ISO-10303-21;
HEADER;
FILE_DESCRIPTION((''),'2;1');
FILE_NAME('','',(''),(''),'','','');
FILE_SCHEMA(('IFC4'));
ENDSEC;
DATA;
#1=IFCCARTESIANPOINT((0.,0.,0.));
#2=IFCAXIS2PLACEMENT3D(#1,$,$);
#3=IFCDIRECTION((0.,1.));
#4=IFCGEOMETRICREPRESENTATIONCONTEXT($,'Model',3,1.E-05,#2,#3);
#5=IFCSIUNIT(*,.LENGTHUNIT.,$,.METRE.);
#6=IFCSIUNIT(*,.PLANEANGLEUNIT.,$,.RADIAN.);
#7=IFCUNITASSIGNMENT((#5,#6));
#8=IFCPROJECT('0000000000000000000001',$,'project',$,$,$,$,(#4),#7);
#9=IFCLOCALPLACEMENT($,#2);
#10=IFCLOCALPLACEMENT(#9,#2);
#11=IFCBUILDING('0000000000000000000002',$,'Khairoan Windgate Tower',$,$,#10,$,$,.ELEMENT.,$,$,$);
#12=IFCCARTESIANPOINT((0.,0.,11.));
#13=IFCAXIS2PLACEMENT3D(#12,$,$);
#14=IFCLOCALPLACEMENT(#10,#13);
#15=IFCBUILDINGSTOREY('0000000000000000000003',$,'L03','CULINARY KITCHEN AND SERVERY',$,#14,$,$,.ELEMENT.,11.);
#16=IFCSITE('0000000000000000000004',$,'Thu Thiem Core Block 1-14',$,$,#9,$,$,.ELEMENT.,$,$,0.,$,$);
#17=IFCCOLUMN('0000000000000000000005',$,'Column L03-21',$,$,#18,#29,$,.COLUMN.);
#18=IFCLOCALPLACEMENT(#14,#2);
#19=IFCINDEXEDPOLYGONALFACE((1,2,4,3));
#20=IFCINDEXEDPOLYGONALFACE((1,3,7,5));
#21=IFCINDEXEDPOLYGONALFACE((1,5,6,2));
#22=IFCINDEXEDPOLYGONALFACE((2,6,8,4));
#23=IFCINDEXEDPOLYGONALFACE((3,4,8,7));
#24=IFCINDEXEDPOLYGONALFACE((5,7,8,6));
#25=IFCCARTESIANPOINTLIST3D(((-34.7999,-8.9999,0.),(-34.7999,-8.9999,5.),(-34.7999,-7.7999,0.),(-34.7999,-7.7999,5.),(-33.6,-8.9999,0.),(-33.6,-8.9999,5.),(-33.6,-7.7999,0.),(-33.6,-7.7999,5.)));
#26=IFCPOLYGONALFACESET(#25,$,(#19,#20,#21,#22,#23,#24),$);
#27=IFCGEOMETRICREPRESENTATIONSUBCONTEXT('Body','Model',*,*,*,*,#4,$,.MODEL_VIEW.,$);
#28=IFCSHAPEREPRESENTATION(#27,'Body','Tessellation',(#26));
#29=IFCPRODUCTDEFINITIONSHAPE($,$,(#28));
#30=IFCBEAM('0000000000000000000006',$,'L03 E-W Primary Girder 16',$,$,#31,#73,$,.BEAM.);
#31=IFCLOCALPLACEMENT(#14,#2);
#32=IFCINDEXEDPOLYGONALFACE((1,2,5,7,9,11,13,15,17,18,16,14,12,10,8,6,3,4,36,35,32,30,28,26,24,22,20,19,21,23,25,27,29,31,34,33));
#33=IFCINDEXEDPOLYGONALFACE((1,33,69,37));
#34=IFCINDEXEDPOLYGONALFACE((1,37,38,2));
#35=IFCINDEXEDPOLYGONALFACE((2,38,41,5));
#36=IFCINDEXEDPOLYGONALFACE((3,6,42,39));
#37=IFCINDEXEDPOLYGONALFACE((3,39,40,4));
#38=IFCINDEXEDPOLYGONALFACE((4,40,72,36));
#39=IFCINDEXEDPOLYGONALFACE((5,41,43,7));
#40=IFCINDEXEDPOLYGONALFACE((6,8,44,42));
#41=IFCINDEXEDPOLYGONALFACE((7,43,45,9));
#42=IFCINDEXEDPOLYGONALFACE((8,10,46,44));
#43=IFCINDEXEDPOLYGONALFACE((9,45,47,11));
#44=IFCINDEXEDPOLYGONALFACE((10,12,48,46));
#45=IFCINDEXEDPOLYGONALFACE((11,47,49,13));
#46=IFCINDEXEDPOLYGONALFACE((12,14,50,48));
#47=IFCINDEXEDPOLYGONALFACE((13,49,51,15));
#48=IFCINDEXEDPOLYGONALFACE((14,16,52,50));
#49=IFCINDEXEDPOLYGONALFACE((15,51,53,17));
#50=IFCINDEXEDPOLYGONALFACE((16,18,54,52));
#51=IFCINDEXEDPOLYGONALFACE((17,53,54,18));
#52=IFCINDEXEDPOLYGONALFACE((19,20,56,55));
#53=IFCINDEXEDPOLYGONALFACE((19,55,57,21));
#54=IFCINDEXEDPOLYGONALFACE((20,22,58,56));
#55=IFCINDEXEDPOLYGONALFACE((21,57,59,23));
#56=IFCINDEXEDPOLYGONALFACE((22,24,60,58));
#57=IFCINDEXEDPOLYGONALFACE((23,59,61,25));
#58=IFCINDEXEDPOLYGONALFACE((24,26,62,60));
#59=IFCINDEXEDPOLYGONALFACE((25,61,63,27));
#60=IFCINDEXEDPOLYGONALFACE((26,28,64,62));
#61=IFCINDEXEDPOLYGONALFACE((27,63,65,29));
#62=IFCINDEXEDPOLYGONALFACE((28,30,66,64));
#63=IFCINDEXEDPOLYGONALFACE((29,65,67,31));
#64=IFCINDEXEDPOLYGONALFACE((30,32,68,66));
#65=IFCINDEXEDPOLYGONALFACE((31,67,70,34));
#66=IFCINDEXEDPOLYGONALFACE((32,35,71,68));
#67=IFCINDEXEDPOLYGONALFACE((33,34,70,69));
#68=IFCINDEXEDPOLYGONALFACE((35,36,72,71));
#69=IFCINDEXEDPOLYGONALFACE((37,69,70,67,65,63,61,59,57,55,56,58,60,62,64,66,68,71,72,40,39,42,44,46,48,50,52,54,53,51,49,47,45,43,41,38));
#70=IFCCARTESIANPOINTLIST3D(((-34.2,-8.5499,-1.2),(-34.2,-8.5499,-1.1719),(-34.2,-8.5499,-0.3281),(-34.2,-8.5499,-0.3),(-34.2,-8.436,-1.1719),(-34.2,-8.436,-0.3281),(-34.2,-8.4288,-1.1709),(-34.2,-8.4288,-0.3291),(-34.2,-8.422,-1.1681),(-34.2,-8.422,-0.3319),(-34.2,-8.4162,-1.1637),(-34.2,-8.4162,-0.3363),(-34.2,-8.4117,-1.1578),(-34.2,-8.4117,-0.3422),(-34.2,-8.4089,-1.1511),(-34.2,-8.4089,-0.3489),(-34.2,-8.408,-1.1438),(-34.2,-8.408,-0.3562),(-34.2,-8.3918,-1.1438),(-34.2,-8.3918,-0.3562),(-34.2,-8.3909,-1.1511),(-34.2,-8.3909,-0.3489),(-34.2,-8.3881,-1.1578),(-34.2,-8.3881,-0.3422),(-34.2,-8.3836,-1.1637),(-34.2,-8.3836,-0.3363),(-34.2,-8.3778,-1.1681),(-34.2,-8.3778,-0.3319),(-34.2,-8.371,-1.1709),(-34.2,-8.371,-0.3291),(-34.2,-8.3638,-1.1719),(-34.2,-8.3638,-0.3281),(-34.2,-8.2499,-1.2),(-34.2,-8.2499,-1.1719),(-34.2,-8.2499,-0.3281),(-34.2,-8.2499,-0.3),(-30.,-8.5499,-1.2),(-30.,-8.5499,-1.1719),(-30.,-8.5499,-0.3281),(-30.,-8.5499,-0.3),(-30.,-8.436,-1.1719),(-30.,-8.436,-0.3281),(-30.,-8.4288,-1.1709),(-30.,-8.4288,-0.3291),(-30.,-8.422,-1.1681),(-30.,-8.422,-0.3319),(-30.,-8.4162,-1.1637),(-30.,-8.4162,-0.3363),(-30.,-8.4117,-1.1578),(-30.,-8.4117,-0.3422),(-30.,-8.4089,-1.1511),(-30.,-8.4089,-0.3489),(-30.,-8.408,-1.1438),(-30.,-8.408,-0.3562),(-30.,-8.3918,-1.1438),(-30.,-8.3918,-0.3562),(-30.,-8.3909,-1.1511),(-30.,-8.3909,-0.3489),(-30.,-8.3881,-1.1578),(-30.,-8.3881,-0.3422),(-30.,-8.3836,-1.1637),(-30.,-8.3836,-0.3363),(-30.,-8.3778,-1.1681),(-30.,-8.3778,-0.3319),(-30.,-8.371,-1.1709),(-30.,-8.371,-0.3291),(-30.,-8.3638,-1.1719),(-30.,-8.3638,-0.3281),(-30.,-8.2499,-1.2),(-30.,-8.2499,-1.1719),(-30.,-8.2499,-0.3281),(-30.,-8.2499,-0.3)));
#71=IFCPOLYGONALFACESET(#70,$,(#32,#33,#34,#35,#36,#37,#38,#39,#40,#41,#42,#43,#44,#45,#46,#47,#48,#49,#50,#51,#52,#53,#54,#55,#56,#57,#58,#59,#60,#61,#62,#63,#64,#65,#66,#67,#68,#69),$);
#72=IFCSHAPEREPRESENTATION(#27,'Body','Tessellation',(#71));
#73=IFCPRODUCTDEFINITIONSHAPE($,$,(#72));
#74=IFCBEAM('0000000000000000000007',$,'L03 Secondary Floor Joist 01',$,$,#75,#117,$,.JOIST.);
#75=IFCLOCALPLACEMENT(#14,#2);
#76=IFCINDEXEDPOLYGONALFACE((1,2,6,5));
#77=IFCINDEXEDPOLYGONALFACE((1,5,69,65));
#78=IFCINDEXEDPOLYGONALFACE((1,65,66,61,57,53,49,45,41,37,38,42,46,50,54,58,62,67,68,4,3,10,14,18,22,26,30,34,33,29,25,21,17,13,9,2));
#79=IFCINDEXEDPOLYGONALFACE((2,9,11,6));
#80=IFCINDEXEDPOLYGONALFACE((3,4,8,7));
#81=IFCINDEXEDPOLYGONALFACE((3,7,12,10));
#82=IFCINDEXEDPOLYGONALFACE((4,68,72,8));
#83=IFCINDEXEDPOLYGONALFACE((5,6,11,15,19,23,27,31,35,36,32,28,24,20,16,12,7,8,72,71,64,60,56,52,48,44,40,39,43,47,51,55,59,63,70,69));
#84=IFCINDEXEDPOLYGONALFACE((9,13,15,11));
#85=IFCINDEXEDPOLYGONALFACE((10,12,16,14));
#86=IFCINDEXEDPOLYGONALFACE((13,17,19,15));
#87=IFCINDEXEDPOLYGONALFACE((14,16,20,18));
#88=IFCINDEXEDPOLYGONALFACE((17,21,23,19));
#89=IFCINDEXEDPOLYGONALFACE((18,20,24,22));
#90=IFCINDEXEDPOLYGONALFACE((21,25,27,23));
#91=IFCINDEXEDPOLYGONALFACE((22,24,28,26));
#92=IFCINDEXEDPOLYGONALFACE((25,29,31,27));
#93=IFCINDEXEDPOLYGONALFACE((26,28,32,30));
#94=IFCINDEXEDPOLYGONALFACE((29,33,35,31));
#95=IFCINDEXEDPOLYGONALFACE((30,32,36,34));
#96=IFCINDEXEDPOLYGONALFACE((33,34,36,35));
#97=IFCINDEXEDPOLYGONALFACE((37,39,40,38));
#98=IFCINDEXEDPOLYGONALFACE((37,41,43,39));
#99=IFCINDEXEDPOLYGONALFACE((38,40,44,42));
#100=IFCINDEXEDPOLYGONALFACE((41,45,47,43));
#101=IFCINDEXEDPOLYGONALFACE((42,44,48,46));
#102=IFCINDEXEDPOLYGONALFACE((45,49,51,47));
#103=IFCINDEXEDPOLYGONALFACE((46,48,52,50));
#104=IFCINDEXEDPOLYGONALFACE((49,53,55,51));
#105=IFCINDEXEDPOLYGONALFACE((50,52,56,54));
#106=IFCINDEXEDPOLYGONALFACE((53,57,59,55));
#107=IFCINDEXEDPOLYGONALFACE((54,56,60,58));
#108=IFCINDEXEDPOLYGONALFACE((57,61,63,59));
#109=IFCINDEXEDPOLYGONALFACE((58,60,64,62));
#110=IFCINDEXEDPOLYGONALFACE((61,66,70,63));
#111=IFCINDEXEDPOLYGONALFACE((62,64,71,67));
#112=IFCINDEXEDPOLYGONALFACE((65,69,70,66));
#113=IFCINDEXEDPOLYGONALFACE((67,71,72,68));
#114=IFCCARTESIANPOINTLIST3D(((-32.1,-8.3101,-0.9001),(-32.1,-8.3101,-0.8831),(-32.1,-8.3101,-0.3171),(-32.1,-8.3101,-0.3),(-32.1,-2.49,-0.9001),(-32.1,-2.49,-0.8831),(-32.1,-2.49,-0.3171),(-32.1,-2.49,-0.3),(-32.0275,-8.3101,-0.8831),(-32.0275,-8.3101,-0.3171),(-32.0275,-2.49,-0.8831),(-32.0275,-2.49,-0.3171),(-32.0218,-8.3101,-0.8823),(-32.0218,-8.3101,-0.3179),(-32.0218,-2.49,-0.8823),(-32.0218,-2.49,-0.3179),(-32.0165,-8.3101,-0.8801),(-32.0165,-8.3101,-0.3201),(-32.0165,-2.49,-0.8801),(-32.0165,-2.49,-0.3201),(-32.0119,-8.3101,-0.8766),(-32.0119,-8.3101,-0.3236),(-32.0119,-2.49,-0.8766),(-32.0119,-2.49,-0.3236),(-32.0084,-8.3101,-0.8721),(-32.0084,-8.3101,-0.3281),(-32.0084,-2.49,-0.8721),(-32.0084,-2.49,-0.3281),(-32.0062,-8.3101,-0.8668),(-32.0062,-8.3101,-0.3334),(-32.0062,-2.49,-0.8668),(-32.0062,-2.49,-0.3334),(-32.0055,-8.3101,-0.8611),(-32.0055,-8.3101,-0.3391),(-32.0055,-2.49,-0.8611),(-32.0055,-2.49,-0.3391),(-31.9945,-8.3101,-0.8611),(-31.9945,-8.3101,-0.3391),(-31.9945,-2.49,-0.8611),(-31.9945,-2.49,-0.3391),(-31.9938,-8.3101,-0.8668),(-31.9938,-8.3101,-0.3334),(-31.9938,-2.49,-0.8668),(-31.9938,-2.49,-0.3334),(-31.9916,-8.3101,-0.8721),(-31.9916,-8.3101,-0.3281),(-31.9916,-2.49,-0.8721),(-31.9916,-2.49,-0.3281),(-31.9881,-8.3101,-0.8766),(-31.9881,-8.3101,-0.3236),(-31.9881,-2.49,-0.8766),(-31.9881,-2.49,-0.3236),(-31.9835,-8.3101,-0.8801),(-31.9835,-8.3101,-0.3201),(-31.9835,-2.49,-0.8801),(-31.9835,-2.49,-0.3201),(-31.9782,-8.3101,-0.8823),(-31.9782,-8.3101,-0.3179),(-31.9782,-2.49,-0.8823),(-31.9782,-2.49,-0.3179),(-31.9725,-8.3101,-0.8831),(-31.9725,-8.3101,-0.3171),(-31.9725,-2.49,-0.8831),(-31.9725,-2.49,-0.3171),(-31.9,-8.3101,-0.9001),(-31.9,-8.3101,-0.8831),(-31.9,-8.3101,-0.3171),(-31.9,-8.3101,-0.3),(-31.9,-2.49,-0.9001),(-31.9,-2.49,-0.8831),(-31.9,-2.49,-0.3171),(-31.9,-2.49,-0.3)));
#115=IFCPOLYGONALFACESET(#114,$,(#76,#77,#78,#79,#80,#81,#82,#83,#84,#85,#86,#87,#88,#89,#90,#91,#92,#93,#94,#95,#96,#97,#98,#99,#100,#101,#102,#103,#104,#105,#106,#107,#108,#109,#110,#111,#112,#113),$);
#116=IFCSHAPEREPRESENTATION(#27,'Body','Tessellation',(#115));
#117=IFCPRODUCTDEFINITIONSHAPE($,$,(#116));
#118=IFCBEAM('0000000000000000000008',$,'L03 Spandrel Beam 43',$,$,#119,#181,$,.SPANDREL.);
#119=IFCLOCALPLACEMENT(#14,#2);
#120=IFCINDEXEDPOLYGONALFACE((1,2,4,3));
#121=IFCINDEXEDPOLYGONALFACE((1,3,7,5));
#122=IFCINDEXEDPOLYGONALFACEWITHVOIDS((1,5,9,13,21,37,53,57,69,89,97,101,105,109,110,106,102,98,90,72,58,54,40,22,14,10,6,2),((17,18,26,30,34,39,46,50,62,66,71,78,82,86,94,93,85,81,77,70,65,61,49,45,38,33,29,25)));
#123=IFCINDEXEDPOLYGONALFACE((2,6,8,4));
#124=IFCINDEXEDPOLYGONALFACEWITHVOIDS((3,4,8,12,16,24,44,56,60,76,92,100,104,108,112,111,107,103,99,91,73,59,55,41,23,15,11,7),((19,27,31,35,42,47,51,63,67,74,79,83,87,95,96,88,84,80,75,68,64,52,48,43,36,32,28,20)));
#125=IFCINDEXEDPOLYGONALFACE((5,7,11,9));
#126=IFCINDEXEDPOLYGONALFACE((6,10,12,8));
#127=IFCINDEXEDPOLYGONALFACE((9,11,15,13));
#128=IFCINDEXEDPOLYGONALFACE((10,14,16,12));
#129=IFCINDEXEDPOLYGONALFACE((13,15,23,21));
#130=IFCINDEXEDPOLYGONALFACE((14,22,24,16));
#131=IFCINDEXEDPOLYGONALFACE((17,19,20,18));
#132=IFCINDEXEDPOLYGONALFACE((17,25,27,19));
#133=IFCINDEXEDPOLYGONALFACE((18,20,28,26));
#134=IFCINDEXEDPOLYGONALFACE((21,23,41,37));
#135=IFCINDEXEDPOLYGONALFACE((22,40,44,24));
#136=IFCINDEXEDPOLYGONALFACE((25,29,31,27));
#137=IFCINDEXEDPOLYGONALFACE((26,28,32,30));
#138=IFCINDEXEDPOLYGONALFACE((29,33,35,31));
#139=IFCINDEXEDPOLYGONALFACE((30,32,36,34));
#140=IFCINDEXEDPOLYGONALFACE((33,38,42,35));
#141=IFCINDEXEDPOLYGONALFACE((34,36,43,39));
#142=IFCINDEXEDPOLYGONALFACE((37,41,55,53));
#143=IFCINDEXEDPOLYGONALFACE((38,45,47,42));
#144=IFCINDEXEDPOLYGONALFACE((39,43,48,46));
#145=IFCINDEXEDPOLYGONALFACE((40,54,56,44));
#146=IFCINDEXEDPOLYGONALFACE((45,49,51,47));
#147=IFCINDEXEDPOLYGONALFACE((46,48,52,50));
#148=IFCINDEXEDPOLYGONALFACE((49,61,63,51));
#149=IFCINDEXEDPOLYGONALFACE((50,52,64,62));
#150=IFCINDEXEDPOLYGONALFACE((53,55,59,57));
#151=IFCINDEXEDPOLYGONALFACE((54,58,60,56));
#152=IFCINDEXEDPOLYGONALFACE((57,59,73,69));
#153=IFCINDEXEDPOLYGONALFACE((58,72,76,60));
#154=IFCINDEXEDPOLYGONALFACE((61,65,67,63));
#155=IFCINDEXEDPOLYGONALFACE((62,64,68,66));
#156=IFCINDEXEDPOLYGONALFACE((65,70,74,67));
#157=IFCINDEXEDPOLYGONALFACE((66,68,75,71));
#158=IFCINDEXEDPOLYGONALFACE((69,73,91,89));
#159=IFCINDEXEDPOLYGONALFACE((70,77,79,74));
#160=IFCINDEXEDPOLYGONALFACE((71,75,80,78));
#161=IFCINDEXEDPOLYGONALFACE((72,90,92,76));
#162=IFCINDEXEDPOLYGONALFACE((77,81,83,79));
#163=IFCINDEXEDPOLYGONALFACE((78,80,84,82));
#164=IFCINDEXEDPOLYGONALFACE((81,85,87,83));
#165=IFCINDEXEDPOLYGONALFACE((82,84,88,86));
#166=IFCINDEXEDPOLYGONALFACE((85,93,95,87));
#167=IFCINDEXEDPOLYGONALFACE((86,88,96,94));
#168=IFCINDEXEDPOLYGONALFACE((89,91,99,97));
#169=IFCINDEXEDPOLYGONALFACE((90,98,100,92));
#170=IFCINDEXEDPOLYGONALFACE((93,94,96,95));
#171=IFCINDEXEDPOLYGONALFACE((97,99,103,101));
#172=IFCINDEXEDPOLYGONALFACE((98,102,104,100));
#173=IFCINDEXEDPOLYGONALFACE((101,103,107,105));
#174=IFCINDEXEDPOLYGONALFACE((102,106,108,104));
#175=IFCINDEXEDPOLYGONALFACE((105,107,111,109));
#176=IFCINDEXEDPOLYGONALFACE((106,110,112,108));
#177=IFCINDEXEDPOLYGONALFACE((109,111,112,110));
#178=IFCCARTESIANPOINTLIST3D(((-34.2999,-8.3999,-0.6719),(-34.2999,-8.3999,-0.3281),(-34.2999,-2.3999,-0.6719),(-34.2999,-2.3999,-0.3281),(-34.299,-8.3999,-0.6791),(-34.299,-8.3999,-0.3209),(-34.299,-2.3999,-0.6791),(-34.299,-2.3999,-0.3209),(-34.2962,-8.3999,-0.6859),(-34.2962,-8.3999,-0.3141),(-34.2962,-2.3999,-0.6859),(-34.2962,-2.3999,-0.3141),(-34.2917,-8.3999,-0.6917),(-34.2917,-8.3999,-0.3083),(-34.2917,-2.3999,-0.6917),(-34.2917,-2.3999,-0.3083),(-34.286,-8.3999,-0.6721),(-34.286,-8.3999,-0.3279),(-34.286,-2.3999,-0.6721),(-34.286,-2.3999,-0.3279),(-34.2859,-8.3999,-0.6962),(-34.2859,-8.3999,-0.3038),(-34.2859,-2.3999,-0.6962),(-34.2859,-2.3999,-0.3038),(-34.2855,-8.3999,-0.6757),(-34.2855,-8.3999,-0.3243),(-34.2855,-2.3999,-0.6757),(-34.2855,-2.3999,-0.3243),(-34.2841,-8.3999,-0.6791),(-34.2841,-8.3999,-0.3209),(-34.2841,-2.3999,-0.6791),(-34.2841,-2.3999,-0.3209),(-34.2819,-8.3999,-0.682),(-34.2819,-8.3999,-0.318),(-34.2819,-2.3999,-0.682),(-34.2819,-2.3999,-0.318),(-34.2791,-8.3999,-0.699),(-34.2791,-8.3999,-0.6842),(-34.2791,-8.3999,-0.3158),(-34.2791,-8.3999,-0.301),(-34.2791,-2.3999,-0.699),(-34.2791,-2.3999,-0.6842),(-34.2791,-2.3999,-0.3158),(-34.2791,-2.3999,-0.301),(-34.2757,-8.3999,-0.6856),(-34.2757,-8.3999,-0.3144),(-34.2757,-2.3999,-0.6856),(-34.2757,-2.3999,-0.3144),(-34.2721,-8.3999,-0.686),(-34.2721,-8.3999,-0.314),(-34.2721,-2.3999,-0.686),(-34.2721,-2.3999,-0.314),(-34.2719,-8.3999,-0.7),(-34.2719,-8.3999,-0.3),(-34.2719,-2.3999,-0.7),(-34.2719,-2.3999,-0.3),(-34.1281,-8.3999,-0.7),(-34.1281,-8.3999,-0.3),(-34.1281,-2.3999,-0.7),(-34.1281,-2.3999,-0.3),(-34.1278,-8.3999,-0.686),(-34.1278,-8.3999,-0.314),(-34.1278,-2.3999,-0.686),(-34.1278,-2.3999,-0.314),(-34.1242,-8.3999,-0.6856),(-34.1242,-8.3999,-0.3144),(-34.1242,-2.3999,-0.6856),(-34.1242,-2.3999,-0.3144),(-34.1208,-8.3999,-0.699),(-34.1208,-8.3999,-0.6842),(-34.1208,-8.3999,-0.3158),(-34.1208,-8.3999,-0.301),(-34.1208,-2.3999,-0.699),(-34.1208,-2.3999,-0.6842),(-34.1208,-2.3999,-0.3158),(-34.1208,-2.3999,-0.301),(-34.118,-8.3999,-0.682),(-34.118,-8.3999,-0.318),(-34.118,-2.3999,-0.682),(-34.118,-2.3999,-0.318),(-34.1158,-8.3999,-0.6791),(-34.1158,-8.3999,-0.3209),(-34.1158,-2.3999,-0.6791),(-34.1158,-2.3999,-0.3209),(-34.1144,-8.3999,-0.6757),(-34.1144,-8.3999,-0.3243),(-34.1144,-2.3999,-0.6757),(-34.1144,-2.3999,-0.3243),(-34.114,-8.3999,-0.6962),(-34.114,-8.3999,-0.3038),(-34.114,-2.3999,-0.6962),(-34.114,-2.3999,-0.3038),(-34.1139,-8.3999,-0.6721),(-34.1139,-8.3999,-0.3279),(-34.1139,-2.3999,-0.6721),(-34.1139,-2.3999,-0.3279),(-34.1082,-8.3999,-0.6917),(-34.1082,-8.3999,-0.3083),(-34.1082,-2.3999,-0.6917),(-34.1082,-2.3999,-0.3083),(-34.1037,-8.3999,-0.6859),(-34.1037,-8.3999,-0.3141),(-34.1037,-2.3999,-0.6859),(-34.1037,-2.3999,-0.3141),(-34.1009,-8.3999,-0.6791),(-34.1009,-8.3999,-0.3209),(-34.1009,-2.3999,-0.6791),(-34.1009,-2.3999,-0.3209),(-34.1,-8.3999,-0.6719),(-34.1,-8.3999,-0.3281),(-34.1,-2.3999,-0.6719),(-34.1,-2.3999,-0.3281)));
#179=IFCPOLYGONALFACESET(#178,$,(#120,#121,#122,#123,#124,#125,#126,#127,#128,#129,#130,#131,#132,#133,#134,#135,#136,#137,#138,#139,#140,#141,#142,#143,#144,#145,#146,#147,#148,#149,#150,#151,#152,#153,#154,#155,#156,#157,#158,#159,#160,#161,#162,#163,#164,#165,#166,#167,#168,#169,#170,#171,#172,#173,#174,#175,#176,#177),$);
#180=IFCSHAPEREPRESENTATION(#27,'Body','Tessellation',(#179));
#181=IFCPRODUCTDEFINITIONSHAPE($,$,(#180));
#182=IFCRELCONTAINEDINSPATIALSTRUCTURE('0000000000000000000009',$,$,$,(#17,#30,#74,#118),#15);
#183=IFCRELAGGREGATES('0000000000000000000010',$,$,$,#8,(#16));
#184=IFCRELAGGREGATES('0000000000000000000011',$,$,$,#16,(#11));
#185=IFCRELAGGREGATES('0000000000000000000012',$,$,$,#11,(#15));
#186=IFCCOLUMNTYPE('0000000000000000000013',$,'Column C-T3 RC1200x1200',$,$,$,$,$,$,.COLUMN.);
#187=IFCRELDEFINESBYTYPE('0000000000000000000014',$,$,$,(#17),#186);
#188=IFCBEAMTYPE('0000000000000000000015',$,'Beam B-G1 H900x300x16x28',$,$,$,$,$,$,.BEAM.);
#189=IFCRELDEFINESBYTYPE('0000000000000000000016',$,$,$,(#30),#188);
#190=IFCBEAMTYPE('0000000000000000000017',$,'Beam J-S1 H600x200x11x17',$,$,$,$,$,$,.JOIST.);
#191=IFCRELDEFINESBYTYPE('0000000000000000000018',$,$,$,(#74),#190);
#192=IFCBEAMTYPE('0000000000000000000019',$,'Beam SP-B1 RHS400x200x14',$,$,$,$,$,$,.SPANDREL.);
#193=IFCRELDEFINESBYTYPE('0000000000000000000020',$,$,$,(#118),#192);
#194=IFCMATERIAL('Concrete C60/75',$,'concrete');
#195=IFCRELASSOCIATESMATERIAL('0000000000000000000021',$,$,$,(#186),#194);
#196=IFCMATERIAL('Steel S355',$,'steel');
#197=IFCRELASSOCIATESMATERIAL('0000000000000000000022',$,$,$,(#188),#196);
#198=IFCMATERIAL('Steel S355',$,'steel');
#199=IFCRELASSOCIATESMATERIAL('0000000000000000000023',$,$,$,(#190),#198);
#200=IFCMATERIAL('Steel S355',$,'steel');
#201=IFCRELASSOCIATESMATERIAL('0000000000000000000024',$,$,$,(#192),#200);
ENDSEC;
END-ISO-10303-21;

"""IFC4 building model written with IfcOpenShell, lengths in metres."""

from ifc_helpers import new_model, si_unit, direction, frame, origin, origin_2d, place, context, subcontext, project, spatial, rectangle, hollow_rectangle, i_section, extrude, material, material_profile, profile_set, type_object, element, save


model = new_model("IFC4")

# Units and contexts
model_context = context("Model", 3, precision=1e-05, world=origin(), true_north=direction((0.0, 1.0)))
body_context = subcontext(model_context, "Body", "Model", "MODEL_VIEW")
ifc_project = project(units=[si_unit("LENGTHUNIT", "METRE"), si_unit("PLANEANGLEUNIT", "RADIAN")], contexts=[model_context])

# Site, building, storey
site_placement = place(None, origin())
site = spatial("IfcSite", under=ifc_project, at=site_placement, Name="Thu Thiem Core Block 1-14", CompositionType="ELEMENT", RefElevation=0.0)
building_placement = place(site_placement, origin())
building = spatial("IfcBuilding", under=site, at=building_placement, Name="Khairoan Windgate Tower", CompositionType="ELEMENT")
storey_placement = place(building_placement, frame((0.0, 0.0, 11.0)))
storey = spatial("IfcBuildingStorey", under=building, at=storey_placement, Name="L03", Description="CULINARY KITCHEN AND SERVERY", CompositionType="ELEMENT", Elevation=11.0)

# Column
ifc_material_1 = material(Name="Concrete C60/75", Category="concrete")
ifc_material_profile_1 = material_profile(ifc_material_1, rectangle(XDim=1.2, YDim=1.2, at=origin_2d()))
ifc_profile_set_1 = profile_set([ifc_material_profile_1], Name="Concrete C60/75")
column_type = type_object("IfcColumnType", Name="Column C-T3 RC1200x1200", PredefinedType="COLUMN", material=ifc_profile_set_1)
column_placement = place(storey_placement, frame((-34.2, -8.3999, 0.0), z_axis=(0.0, 0.0, 1.0), x_axis=(1.0, 0.0, 0.0)))
element("IfcColumn", 1, at=column_placement, inside=storey, type_object=column_type, Name="Column L03-21", PredefinedType="COLUMN", context=body_context, shape_type="SweptSolid", body=[
    extrude(rectangle(XDim=1.2, YDim=1.2, at=origin_2d()), origin(), (0.0, 0.0, 1.0), 5.0),
])

# Beams
ifc_material_2 = material(Name="Steel S355", Category="steel")
ifc_material_profile_2 = material_profile(ifc_material_2, i_section(OverallWidth=0.3, OverallDepth=0.8999, WebThickness=0.0161, FlangeThickness=0.0281, FilletRadius=0.0281, at=origin_2d()))
ifc_profile_set_2 = profile_set([ifc_material_profile_2], Name="Steel S355")
beam_type_1 = type_object("IfcBeamType", Name="Beam B-G1 H900x300x16x28", PredefinedType="BEAM", material=ifc_profile_set_2)
beam_1_placement = place(storey_placement, frame((-34.2, -8.3999, -0.75), z_axis=(1.0, 0.0, 0.0), x_axis=(0.0, 1.0, 0.0)))
element("IfcBeam", 2, at=beam_1_placement, inside=storey, type_object=beam_type_1, Name="L03 E-W Primary Girder 16", PredefinedType="BEAM", context=body_context, shape_type="SweptSolid", body=[
    extrude(i_section(OverallWidth=0.3, OverallDepth=0.8999, WebThickness=0.0161, FlangeThickness=0.0281, FilletRadius=0.0281, at=origin_2d()), origin(), (0.0, 0.0, 1.0), 4.2),
])
ifc_material_3 = material(Name="Steel S355", Category="steel")
ifc_material_profile_3 = material_profile(ifc_material_3, i_section(OverallWidth=0.2, OverallDepth=0.6001, WebThickness=0.011, FlangeThickness=0.0171, FilletRadius=0.022, at=origin_2d()))
ifc_profile_set_3 = profile_set([ifc_material_profile_3], Name="Steel S355")
beam_type_2 = type_object("IfcBeamType", Name="Beam J-S1 H600x200x11x17", PredefinedType="JOIST", material=ifc_profile_set_3)
beam_2_placement = place(storey_placement, frame((-32.0, -8.3101, -0.6001), z_axis=(0.0, 1.0, 0.0), x_axis=(-1.0, 0.0, 0.0)))
element("IfcBeam", 3, at=beam_2_placement, inside=storey, type_object=beam_type_2, Name="L03 Secondary Floor Joist 01", PredefinedType="JOIST", context=body_context, shape_type="SweptSolid", body=[
    extrude(i_section(OverallWidth=0.2, OverallDepth=0.6001, WebThickness=0.011, FlangeThickness=0.0171, FilletRadius=0.022, at=origin_2d()), origin(), (0.0, 0.0, 1.0), 5.8201),
])
ifc_material_4 = material(Name="Steel S355", Category="steel")
ifc_material_profile_4 = material_profile(ifc_material_4, hollow_rectangle(XDim=0.2, YDim=0.3999, WallThickness=0.0139, InnerFilletRadius=0.0139, OuterFilletRadius=0.0281, at=origin_2d()))
ifc_profile_set_4 = profile_set([ifc_material_profile_4], Name="Steel S355")
beam_type_3 = type_object("IfcBeamType", Name="Beam SP-B1 RHS400x200x14", PredefinedType="SPANDREL", material=ifc_profile_set_4)
beam_3_placement = place(storey_placement, frame((-34.2, -8.3999, -0.5), z_axis=(0.0, 1.0, 0.0), x_axis=(-1.0, 0.0, 0.0)))
element("IfcBeam", 4, at=beam_3_placement, inside=storey, type_object=beam_type_3, Name="L03 Spandrel Beam 43", PredefinedType="SPANDREL", context=body_context, shape_type="SweptSolid", body=[
    extrude(hollow_rectangle(XDim=0.2, YDim=0.3999, WallThickness=0.0139, InnerFilletRadius=0.0139, OuterFilletRadius=0.0281, at=origin_2d()), origin(), (0.0, 0.0, 1.0), 6.0),
])

save(model, "model.ifc")
